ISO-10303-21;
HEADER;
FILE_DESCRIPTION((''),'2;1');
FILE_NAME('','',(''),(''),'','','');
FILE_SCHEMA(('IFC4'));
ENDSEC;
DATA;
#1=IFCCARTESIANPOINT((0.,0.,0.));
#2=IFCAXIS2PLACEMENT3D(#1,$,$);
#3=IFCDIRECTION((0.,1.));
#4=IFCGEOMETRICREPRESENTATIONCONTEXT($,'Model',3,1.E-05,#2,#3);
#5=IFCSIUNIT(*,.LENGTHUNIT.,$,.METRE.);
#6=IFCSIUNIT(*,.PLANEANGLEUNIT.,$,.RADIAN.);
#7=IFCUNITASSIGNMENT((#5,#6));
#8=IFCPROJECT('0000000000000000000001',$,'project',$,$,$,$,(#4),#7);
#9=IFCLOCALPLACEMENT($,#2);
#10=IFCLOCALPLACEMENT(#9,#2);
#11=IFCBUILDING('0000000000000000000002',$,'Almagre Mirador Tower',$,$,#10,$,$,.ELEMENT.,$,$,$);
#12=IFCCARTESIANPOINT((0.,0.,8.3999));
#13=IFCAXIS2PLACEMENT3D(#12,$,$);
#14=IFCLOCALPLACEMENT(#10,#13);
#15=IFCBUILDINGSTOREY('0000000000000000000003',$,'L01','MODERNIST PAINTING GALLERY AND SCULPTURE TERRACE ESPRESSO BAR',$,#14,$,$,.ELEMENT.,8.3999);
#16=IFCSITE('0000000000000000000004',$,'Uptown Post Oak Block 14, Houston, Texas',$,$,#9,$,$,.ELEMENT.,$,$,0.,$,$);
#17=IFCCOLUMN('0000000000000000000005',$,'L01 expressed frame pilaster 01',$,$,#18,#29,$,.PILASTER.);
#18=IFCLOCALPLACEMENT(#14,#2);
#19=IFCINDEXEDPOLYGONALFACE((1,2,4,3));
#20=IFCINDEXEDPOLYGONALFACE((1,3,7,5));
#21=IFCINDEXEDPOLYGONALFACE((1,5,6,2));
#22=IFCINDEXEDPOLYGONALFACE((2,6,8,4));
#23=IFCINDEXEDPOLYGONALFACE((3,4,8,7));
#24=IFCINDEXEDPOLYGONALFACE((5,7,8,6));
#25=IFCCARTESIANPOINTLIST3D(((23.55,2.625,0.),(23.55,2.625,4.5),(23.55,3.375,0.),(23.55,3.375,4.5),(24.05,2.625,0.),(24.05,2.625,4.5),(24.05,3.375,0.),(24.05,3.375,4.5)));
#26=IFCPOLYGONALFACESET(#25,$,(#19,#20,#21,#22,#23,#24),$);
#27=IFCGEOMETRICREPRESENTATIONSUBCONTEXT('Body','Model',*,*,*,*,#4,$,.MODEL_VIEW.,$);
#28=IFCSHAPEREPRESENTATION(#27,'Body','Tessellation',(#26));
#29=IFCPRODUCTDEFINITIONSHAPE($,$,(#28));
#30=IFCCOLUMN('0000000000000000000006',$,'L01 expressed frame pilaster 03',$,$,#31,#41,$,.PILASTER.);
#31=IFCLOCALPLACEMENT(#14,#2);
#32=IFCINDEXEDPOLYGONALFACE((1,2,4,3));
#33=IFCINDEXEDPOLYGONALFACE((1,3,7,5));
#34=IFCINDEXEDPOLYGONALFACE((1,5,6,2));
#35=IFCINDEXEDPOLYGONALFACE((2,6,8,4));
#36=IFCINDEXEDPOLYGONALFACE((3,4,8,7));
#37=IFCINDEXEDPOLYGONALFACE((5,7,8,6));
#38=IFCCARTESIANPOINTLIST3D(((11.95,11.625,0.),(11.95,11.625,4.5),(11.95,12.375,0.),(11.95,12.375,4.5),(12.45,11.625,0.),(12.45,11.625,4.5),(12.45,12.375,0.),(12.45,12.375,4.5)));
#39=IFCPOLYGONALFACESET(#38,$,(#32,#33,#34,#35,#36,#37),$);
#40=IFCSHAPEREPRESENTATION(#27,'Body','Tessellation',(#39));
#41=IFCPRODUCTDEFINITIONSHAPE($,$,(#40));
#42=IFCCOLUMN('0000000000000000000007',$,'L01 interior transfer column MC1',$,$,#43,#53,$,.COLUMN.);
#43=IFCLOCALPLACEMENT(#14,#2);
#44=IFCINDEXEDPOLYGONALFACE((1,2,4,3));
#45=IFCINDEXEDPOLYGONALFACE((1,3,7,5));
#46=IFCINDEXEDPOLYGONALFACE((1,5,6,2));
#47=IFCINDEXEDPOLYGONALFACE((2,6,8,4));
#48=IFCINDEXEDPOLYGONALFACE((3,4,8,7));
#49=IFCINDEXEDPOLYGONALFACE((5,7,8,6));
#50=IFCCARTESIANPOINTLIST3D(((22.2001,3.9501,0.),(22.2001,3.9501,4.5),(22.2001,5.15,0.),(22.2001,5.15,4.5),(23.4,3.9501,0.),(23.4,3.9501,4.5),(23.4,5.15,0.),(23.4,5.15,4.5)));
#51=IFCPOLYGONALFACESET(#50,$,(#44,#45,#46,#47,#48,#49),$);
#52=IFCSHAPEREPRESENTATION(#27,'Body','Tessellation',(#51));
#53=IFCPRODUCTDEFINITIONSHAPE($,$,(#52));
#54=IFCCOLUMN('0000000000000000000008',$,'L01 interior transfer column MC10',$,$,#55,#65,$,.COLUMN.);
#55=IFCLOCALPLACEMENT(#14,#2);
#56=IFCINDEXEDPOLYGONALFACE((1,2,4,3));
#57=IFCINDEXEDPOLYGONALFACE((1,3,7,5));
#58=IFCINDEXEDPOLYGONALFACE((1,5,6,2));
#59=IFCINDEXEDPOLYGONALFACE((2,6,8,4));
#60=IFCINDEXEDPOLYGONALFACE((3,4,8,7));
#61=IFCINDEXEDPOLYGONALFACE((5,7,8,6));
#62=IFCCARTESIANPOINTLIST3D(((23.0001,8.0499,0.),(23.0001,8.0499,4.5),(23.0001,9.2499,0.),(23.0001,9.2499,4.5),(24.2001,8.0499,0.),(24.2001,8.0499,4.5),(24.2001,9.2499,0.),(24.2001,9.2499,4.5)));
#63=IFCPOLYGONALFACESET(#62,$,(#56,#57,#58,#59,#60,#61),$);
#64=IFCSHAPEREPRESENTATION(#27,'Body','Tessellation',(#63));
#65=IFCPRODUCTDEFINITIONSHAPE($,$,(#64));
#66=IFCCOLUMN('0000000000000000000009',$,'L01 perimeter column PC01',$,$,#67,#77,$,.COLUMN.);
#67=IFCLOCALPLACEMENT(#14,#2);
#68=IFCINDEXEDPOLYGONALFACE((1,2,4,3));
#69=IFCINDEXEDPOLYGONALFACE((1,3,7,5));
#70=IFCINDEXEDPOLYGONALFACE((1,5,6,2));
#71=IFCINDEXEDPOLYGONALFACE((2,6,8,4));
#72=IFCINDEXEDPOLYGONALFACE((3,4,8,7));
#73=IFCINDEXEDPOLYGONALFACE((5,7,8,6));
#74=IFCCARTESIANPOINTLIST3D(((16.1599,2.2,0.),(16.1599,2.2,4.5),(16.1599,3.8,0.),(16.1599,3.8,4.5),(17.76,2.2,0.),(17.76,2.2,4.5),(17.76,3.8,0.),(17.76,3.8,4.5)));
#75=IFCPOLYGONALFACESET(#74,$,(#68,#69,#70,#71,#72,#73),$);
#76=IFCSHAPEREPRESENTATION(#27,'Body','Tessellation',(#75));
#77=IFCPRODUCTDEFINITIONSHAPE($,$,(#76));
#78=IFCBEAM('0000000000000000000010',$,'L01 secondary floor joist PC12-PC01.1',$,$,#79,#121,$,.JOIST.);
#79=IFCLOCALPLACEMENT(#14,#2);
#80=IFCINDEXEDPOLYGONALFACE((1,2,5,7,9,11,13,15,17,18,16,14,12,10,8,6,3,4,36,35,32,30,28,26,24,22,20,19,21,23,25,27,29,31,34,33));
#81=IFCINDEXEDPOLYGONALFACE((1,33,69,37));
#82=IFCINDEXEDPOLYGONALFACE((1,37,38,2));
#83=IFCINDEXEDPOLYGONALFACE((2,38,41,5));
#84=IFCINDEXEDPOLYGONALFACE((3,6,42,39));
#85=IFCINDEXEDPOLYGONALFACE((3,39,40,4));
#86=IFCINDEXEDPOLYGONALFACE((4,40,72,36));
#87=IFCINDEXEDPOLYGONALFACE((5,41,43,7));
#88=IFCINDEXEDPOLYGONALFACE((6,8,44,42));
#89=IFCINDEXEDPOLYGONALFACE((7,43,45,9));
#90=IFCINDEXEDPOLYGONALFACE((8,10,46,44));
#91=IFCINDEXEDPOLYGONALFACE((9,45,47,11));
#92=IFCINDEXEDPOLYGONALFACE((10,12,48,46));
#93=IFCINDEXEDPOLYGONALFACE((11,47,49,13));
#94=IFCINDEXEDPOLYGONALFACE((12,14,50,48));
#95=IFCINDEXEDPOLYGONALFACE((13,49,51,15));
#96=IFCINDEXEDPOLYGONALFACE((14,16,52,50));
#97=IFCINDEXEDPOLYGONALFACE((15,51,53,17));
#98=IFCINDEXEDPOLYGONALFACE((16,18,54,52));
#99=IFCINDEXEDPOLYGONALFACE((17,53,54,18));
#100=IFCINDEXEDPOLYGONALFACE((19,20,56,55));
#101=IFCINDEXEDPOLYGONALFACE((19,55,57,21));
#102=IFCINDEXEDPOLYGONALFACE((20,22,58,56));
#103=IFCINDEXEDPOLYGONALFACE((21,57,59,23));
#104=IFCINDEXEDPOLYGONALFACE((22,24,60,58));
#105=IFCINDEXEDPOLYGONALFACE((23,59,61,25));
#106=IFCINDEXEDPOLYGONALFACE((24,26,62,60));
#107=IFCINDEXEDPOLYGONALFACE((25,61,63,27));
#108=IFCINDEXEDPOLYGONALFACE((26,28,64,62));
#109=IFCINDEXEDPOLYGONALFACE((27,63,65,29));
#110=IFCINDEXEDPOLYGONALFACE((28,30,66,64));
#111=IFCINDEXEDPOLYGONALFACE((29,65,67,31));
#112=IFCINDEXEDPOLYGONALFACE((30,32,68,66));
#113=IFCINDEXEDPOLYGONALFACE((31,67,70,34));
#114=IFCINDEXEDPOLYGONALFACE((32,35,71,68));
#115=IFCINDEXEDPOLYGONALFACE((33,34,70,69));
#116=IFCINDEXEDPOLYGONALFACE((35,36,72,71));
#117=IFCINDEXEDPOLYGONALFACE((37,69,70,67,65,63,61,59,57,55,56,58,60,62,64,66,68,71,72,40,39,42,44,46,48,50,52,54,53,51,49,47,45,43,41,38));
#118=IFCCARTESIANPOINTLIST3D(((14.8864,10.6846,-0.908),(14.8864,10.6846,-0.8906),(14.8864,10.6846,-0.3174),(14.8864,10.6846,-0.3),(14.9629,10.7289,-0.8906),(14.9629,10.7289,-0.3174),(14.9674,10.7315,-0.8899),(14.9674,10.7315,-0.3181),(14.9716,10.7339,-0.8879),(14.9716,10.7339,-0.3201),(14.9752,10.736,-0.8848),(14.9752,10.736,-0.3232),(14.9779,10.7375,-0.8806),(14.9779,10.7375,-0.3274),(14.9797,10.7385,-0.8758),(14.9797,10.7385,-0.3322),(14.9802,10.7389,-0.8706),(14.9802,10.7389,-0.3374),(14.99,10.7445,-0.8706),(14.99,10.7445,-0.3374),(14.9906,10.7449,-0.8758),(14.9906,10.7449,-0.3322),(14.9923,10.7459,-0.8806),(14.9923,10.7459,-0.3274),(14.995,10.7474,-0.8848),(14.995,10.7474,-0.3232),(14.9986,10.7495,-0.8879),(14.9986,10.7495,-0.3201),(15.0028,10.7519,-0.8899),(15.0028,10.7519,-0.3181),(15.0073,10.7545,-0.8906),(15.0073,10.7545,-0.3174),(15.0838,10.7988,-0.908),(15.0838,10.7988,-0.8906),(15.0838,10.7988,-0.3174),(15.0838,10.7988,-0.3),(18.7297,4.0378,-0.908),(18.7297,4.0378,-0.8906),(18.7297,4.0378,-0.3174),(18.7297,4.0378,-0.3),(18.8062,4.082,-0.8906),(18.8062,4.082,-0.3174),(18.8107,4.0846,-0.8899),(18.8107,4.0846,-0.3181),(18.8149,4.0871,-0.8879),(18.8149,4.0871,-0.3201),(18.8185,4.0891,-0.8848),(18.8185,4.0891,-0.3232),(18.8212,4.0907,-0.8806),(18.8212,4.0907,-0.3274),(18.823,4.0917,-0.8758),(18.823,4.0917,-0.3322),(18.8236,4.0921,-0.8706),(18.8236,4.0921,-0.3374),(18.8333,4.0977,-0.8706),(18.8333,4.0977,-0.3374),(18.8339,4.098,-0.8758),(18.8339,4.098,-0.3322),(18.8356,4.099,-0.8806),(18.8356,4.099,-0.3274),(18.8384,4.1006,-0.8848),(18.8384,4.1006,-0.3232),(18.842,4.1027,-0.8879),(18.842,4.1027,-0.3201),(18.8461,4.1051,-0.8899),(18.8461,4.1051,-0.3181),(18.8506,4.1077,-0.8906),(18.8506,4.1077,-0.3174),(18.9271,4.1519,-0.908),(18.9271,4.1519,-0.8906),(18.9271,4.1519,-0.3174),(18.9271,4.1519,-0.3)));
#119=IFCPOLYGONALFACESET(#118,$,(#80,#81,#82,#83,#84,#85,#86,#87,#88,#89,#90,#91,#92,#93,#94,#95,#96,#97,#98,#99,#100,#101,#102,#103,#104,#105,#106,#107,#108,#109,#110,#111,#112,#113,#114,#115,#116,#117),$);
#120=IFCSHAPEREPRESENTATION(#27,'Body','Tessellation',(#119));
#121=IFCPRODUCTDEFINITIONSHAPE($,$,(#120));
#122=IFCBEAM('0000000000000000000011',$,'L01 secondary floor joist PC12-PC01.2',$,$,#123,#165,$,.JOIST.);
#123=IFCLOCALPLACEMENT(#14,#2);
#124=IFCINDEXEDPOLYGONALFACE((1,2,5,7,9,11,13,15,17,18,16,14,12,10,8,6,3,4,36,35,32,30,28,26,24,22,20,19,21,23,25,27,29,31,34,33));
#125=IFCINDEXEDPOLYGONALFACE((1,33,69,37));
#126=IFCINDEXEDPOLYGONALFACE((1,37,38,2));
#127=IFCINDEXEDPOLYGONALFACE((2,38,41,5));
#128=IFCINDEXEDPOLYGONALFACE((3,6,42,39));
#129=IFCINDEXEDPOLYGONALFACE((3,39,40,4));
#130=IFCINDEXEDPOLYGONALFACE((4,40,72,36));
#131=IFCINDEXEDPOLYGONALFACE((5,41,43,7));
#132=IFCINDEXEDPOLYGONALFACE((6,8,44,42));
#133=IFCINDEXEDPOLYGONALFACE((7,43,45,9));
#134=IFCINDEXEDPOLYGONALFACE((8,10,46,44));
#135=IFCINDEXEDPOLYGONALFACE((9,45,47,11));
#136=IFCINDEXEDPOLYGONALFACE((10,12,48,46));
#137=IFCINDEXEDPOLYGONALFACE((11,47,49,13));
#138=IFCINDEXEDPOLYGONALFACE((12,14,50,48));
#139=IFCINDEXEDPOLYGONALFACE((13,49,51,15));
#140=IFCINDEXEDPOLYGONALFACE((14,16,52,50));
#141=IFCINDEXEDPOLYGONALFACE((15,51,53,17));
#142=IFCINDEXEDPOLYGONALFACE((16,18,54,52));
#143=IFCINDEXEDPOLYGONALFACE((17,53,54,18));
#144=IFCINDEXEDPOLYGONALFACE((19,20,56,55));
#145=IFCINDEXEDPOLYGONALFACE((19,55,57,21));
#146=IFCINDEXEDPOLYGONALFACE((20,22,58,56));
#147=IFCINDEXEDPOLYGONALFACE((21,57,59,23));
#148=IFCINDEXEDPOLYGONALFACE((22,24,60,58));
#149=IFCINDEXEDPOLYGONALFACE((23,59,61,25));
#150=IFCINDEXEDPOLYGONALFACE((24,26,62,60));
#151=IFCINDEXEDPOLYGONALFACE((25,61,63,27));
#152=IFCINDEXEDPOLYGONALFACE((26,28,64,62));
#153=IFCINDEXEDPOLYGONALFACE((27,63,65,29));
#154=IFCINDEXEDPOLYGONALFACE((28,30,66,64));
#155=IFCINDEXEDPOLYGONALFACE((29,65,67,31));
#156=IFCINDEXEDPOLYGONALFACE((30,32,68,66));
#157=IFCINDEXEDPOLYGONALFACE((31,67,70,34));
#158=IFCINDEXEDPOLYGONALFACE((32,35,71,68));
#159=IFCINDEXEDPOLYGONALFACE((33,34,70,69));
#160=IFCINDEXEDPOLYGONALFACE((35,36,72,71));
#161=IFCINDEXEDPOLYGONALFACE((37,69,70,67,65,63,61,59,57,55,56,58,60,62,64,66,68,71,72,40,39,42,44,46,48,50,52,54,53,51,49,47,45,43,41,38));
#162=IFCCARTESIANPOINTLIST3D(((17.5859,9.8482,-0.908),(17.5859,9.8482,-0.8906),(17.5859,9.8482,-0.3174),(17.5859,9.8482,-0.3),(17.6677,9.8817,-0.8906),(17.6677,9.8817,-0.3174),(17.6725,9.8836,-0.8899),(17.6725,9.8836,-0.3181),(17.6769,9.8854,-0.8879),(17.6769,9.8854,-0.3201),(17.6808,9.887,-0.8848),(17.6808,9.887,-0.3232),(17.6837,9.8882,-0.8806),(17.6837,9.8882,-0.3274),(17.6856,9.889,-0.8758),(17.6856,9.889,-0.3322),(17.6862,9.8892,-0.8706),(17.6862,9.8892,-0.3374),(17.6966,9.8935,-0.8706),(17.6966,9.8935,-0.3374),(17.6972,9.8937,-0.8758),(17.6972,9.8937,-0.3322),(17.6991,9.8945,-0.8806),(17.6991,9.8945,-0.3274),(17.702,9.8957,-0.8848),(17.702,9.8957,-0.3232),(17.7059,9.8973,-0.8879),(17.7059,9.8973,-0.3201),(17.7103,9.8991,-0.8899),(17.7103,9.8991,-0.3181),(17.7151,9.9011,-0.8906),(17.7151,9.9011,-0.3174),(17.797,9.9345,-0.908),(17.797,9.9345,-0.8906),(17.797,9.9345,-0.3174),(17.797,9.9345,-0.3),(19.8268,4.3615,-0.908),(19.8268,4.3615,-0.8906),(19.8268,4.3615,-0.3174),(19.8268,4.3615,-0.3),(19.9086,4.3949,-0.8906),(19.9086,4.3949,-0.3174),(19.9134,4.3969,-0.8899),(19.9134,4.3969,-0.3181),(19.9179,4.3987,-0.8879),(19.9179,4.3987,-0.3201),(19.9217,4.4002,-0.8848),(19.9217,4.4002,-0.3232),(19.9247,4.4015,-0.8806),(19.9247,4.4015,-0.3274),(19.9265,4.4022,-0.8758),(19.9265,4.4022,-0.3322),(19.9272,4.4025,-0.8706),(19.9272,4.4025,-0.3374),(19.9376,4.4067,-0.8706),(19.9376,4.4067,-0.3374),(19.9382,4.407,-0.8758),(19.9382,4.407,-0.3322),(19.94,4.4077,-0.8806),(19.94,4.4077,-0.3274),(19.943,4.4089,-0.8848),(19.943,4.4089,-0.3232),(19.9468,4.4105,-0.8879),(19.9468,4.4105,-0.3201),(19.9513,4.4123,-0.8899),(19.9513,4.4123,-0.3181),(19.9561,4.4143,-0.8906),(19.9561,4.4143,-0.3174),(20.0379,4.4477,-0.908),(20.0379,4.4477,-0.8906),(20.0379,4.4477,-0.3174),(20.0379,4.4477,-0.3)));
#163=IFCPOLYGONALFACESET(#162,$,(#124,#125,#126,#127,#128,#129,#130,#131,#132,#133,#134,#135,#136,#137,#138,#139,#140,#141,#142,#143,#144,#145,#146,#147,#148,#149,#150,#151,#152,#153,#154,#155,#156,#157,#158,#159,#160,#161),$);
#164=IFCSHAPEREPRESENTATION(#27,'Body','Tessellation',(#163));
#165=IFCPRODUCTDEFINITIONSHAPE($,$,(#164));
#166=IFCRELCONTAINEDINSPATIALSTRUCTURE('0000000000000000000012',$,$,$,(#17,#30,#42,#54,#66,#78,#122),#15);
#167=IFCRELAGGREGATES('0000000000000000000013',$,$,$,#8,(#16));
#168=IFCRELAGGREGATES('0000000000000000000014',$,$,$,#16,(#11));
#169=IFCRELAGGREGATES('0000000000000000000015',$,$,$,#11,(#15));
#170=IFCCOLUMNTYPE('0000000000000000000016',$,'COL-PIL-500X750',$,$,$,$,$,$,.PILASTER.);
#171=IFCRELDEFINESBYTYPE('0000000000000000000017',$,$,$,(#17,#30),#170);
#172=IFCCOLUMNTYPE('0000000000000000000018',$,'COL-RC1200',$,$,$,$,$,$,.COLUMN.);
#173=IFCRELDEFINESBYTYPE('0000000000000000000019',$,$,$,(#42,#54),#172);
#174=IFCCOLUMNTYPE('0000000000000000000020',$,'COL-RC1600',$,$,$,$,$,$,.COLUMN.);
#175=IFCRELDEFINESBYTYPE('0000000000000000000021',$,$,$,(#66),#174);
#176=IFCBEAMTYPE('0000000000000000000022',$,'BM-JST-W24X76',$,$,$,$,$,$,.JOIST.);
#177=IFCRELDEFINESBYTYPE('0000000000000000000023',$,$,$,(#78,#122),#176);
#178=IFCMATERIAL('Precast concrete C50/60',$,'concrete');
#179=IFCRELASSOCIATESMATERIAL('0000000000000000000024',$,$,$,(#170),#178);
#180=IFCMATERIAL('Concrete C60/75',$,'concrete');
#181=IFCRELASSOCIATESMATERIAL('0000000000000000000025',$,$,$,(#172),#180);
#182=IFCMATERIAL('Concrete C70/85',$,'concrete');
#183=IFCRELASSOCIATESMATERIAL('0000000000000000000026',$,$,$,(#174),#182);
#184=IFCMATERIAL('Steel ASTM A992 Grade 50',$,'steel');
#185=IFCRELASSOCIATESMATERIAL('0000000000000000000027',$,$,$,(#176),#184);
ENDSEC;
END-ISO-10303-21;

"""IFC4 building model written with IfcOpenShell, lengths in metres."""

from ifc_helpers import new_model, si_unit, direction, frame, origin, origin_2d, place, context, subcontext, project, spatial, rectangle, i_section, extrude, material, material_profile, profile_set, type_object, element, save


model = new_model("IFC4")

# Units and contexts
model_context = context("Model", 3, precision=1e-05, world=origin(), true_north=direction((0.0, 1.0)))
body_context = subcontext(model_context, "Body", "Model", "MODEL_VIEW")
ifc_project = project(units=[si_unit("LENGTHUNIT", "METRE"), si_unit("PLANEANGLEUNIT", "RADIAN")], contexts=[model_context])

# Site, building, storey
site_placement = place(None, origin())
site = spatial("IfcSite", under=ifc_project, at=site_placement, Name="Uptown Post Oak Block 14, Houston, Texas", CompositionType="ELEMENT", RefElevation=0.0)
building_placement = place(site_placement, origin())
building = spatial("IfcBuilding", under=site, at=building_placement, Name="Almagre Mirador Tower", CompositionType="ELEMENT")
storey_placement = place(building_placement, frame((0.0, 0.0, 8.3999)))
storey = spatial("IfcBuildingStorey", under=building, at=storey_placement, Name="L01", Description="MODERNIST PAINTING GALLERY AND SCULPTURE TERRACE ESPRESSO BAR", CompositionType="ELEMENT", Elevation=8.3999)

# Columns
ifc_material_1 = material(Name="Precast concrete C50/60", Category="concrete")
ifc_material_profile_1 = material_profile(ifc_material_1, rectangle(XDim=0.5, YDim=0.75, at=origin_2d()), Name="RC500X750")
ifc_profile_set_1 = profile_set([ifc_material_profile_1], Name="Precast concrete C50/60")
column_type_1 = type_object("IfcColumnType", Name="COL-PIL-500X750", PredefinedType="PILASTER", material=ifc_profile_set_1)
for number, where, z_axis, x_axis, name in (
    (1, (23.8, 3.0, 0.0), (0.0, 0.0, 1.0), (1.0, 0.0, 0.0), "L01 expressed frame pilaster 01"),
    (2, (12.2, 12.0, 0.0), (0.0, 0.0, 1.0), (1.0, 0.0, 0.0), "L01 expressed frame pilaster 03"),
):
    element("IfcColumn", number, at=place(storey_placement, frame(where, z_axis=z_axis, x_axis=x_axis)), inside=storey, type_object=column_type_1, Name=name, PredefinedType="PILASTER", context=body_context, shape_type="SweptSolid", body=[
        extrude(rectangle(XDim=0.5, YDim=0.75, at=origin_2d()), origin(), (0.0, 0.0, 1.0), 4.5),
    ])
ifc_material_2 = material(Name="Concrete C60/75", Category="concrete")
ifc_material_profile_2 = material_profile(ifc_material_2, rectangle(XDim=1.2, YDim=1.2, at=origin_2d()), Name="RC1200X1200")
ifc_profile_set_2 = profile_set([ifc_material_profile_2], Name="Concrete C60/75")
column_type_2 = type_object("IfcColumnType", Name="COL-RC1200", PredefinedType="COLUMN", material=ifc_profile_set_2)
for number, where, z_axis, x_axis, name in (
    (3, (22.8, 4.55, 0.0), (0.0, 0.0, 1.0), (1.0, 0.0, 0.0), "L01 interior transfer column MC1"),
    (4, (23.6001, 8.6499, 0.0), (0.0, 0.0, 1.0), (1.0, 0.0, 0.0), "L01 interior transfer column MC10"),
):
    element("IfcColumn", number, at=place(storey_placement, frame(where, z_axis=z_axis, x_axis=x_axis)), inside=storey, type_object=column_type_2, Name=name, PredefinedType="COLUMN", context=body_context, shape_type="SweptSolid", body=[
        extrude(rectangle(XDim=1.2, YDim=1.2, at=origin_2d()), origin(), (0.0, 0.0, 1.0), 4.5),
    ])
ifc_material_3 = material(Name="Concrete C70/85", Category="concrete")
ifc_material_profile_3 = material_profile(ifc_material_3, rectangle(XDim=1.6001, YDim=1.6001, at=origin_2d()), Name="RC1600X1600")
ifc_profile_set_3 = profile_set([ifc_material_profile_3], Name="Concrete C70/85")
column_type_3 = type_object("IfcColumnType", Name="COL-RC1600", PredefinedType="COLUMN", material=ifc_profile_set_3)
column_placement = place(storey_placement, frame((16.96, 3.0, 0.0), z_axis=(0.0, 0.0, 1.0), x_axis=(1.0, 0.0, 0.0)))
element("IfcColumn", 5, at=column_placement, inside=storey, type_object=column_type_3, Name="L01 perimeter column PC01", PredefinedType="COLUMN", context=body_context, shape_type="SweptSolid", body=[
    extrude(rectangle(XDim=1.6001, YDim=1.6001, at=origin_2d()), origin(), (0.0, 0.0, 1.0), 4.5),
])

# Beams
ifc_material_4 = material(Name="Steel ASTM A992 Grade 50", Category="steel")
ifc_material_profile_4 = material_profile(ifc_material_4, i_section(OverallWidth=0.228, OverallDepth=0.6079, WebThickness=0.0112, FlangeThickness=0.0173, FilletRadius=0.02, at=origin_2d()), Name="W24X76")
ifc_profile_set_4 = profile_set([ifc_material_profile_4], Name="Steel ASTM A992 Grade 50")
beam_type_1 = type_object("IfcBeamType", Name="BM-JST-W24X76", PredefinedType="JOIST", material=ifc_profile_set_4)
beam_1_placement = place(storey_placement, frame((14.9851, 10.7417, -0.604), z_axis=(0.500564, -0.8657, 0.0), x_axis=(0.8657, 0.500564, 0.0)))
element("IfcBeam", 6, at=beam_1_placement, inside=storey, type_object=beam_type_1, Name="L01 secondary floor joist PC12-PC01.1", PredefinedType="JOIST", context=body_context, shape_type="SweptSolid", body=[
    extrude(i_section(OverallWidth=0.228, OverallDepth=0.6079, WebThickness=0.0112, FlangeThickness=0.0173, FilletRadius=0.02, at=origin_2d()), origin(), (0.0, 0.0, 1.0), 7.678),
])
beam_2_placement = place(storey_placement, frame((17.6914, 9.8914, -0.604), z_axis=(0.378107, -0.925762, 0.0), x_axis=(0.925762, 0.378107, 0.0)))
element("IfcBeam", 7, at=beam_2_placement, inside=storey, type_object=beam_type_1, Name="L01 secondary floor joist PC12-PC01.2", PredefinedType="JOIST", context=body_context, shape_type="SweptSolid", body=[
    extrude(i_section(OverallWidth=0.228, OverallDepth=0.6079, WebThickness=0.0112, FlangeThickness=0.0173, FilletRadius=0.02, at=origin_2d()), origin(), (0.0, 0.0, 1.0), 5.9268),
])

save(model, "model.ifc")
